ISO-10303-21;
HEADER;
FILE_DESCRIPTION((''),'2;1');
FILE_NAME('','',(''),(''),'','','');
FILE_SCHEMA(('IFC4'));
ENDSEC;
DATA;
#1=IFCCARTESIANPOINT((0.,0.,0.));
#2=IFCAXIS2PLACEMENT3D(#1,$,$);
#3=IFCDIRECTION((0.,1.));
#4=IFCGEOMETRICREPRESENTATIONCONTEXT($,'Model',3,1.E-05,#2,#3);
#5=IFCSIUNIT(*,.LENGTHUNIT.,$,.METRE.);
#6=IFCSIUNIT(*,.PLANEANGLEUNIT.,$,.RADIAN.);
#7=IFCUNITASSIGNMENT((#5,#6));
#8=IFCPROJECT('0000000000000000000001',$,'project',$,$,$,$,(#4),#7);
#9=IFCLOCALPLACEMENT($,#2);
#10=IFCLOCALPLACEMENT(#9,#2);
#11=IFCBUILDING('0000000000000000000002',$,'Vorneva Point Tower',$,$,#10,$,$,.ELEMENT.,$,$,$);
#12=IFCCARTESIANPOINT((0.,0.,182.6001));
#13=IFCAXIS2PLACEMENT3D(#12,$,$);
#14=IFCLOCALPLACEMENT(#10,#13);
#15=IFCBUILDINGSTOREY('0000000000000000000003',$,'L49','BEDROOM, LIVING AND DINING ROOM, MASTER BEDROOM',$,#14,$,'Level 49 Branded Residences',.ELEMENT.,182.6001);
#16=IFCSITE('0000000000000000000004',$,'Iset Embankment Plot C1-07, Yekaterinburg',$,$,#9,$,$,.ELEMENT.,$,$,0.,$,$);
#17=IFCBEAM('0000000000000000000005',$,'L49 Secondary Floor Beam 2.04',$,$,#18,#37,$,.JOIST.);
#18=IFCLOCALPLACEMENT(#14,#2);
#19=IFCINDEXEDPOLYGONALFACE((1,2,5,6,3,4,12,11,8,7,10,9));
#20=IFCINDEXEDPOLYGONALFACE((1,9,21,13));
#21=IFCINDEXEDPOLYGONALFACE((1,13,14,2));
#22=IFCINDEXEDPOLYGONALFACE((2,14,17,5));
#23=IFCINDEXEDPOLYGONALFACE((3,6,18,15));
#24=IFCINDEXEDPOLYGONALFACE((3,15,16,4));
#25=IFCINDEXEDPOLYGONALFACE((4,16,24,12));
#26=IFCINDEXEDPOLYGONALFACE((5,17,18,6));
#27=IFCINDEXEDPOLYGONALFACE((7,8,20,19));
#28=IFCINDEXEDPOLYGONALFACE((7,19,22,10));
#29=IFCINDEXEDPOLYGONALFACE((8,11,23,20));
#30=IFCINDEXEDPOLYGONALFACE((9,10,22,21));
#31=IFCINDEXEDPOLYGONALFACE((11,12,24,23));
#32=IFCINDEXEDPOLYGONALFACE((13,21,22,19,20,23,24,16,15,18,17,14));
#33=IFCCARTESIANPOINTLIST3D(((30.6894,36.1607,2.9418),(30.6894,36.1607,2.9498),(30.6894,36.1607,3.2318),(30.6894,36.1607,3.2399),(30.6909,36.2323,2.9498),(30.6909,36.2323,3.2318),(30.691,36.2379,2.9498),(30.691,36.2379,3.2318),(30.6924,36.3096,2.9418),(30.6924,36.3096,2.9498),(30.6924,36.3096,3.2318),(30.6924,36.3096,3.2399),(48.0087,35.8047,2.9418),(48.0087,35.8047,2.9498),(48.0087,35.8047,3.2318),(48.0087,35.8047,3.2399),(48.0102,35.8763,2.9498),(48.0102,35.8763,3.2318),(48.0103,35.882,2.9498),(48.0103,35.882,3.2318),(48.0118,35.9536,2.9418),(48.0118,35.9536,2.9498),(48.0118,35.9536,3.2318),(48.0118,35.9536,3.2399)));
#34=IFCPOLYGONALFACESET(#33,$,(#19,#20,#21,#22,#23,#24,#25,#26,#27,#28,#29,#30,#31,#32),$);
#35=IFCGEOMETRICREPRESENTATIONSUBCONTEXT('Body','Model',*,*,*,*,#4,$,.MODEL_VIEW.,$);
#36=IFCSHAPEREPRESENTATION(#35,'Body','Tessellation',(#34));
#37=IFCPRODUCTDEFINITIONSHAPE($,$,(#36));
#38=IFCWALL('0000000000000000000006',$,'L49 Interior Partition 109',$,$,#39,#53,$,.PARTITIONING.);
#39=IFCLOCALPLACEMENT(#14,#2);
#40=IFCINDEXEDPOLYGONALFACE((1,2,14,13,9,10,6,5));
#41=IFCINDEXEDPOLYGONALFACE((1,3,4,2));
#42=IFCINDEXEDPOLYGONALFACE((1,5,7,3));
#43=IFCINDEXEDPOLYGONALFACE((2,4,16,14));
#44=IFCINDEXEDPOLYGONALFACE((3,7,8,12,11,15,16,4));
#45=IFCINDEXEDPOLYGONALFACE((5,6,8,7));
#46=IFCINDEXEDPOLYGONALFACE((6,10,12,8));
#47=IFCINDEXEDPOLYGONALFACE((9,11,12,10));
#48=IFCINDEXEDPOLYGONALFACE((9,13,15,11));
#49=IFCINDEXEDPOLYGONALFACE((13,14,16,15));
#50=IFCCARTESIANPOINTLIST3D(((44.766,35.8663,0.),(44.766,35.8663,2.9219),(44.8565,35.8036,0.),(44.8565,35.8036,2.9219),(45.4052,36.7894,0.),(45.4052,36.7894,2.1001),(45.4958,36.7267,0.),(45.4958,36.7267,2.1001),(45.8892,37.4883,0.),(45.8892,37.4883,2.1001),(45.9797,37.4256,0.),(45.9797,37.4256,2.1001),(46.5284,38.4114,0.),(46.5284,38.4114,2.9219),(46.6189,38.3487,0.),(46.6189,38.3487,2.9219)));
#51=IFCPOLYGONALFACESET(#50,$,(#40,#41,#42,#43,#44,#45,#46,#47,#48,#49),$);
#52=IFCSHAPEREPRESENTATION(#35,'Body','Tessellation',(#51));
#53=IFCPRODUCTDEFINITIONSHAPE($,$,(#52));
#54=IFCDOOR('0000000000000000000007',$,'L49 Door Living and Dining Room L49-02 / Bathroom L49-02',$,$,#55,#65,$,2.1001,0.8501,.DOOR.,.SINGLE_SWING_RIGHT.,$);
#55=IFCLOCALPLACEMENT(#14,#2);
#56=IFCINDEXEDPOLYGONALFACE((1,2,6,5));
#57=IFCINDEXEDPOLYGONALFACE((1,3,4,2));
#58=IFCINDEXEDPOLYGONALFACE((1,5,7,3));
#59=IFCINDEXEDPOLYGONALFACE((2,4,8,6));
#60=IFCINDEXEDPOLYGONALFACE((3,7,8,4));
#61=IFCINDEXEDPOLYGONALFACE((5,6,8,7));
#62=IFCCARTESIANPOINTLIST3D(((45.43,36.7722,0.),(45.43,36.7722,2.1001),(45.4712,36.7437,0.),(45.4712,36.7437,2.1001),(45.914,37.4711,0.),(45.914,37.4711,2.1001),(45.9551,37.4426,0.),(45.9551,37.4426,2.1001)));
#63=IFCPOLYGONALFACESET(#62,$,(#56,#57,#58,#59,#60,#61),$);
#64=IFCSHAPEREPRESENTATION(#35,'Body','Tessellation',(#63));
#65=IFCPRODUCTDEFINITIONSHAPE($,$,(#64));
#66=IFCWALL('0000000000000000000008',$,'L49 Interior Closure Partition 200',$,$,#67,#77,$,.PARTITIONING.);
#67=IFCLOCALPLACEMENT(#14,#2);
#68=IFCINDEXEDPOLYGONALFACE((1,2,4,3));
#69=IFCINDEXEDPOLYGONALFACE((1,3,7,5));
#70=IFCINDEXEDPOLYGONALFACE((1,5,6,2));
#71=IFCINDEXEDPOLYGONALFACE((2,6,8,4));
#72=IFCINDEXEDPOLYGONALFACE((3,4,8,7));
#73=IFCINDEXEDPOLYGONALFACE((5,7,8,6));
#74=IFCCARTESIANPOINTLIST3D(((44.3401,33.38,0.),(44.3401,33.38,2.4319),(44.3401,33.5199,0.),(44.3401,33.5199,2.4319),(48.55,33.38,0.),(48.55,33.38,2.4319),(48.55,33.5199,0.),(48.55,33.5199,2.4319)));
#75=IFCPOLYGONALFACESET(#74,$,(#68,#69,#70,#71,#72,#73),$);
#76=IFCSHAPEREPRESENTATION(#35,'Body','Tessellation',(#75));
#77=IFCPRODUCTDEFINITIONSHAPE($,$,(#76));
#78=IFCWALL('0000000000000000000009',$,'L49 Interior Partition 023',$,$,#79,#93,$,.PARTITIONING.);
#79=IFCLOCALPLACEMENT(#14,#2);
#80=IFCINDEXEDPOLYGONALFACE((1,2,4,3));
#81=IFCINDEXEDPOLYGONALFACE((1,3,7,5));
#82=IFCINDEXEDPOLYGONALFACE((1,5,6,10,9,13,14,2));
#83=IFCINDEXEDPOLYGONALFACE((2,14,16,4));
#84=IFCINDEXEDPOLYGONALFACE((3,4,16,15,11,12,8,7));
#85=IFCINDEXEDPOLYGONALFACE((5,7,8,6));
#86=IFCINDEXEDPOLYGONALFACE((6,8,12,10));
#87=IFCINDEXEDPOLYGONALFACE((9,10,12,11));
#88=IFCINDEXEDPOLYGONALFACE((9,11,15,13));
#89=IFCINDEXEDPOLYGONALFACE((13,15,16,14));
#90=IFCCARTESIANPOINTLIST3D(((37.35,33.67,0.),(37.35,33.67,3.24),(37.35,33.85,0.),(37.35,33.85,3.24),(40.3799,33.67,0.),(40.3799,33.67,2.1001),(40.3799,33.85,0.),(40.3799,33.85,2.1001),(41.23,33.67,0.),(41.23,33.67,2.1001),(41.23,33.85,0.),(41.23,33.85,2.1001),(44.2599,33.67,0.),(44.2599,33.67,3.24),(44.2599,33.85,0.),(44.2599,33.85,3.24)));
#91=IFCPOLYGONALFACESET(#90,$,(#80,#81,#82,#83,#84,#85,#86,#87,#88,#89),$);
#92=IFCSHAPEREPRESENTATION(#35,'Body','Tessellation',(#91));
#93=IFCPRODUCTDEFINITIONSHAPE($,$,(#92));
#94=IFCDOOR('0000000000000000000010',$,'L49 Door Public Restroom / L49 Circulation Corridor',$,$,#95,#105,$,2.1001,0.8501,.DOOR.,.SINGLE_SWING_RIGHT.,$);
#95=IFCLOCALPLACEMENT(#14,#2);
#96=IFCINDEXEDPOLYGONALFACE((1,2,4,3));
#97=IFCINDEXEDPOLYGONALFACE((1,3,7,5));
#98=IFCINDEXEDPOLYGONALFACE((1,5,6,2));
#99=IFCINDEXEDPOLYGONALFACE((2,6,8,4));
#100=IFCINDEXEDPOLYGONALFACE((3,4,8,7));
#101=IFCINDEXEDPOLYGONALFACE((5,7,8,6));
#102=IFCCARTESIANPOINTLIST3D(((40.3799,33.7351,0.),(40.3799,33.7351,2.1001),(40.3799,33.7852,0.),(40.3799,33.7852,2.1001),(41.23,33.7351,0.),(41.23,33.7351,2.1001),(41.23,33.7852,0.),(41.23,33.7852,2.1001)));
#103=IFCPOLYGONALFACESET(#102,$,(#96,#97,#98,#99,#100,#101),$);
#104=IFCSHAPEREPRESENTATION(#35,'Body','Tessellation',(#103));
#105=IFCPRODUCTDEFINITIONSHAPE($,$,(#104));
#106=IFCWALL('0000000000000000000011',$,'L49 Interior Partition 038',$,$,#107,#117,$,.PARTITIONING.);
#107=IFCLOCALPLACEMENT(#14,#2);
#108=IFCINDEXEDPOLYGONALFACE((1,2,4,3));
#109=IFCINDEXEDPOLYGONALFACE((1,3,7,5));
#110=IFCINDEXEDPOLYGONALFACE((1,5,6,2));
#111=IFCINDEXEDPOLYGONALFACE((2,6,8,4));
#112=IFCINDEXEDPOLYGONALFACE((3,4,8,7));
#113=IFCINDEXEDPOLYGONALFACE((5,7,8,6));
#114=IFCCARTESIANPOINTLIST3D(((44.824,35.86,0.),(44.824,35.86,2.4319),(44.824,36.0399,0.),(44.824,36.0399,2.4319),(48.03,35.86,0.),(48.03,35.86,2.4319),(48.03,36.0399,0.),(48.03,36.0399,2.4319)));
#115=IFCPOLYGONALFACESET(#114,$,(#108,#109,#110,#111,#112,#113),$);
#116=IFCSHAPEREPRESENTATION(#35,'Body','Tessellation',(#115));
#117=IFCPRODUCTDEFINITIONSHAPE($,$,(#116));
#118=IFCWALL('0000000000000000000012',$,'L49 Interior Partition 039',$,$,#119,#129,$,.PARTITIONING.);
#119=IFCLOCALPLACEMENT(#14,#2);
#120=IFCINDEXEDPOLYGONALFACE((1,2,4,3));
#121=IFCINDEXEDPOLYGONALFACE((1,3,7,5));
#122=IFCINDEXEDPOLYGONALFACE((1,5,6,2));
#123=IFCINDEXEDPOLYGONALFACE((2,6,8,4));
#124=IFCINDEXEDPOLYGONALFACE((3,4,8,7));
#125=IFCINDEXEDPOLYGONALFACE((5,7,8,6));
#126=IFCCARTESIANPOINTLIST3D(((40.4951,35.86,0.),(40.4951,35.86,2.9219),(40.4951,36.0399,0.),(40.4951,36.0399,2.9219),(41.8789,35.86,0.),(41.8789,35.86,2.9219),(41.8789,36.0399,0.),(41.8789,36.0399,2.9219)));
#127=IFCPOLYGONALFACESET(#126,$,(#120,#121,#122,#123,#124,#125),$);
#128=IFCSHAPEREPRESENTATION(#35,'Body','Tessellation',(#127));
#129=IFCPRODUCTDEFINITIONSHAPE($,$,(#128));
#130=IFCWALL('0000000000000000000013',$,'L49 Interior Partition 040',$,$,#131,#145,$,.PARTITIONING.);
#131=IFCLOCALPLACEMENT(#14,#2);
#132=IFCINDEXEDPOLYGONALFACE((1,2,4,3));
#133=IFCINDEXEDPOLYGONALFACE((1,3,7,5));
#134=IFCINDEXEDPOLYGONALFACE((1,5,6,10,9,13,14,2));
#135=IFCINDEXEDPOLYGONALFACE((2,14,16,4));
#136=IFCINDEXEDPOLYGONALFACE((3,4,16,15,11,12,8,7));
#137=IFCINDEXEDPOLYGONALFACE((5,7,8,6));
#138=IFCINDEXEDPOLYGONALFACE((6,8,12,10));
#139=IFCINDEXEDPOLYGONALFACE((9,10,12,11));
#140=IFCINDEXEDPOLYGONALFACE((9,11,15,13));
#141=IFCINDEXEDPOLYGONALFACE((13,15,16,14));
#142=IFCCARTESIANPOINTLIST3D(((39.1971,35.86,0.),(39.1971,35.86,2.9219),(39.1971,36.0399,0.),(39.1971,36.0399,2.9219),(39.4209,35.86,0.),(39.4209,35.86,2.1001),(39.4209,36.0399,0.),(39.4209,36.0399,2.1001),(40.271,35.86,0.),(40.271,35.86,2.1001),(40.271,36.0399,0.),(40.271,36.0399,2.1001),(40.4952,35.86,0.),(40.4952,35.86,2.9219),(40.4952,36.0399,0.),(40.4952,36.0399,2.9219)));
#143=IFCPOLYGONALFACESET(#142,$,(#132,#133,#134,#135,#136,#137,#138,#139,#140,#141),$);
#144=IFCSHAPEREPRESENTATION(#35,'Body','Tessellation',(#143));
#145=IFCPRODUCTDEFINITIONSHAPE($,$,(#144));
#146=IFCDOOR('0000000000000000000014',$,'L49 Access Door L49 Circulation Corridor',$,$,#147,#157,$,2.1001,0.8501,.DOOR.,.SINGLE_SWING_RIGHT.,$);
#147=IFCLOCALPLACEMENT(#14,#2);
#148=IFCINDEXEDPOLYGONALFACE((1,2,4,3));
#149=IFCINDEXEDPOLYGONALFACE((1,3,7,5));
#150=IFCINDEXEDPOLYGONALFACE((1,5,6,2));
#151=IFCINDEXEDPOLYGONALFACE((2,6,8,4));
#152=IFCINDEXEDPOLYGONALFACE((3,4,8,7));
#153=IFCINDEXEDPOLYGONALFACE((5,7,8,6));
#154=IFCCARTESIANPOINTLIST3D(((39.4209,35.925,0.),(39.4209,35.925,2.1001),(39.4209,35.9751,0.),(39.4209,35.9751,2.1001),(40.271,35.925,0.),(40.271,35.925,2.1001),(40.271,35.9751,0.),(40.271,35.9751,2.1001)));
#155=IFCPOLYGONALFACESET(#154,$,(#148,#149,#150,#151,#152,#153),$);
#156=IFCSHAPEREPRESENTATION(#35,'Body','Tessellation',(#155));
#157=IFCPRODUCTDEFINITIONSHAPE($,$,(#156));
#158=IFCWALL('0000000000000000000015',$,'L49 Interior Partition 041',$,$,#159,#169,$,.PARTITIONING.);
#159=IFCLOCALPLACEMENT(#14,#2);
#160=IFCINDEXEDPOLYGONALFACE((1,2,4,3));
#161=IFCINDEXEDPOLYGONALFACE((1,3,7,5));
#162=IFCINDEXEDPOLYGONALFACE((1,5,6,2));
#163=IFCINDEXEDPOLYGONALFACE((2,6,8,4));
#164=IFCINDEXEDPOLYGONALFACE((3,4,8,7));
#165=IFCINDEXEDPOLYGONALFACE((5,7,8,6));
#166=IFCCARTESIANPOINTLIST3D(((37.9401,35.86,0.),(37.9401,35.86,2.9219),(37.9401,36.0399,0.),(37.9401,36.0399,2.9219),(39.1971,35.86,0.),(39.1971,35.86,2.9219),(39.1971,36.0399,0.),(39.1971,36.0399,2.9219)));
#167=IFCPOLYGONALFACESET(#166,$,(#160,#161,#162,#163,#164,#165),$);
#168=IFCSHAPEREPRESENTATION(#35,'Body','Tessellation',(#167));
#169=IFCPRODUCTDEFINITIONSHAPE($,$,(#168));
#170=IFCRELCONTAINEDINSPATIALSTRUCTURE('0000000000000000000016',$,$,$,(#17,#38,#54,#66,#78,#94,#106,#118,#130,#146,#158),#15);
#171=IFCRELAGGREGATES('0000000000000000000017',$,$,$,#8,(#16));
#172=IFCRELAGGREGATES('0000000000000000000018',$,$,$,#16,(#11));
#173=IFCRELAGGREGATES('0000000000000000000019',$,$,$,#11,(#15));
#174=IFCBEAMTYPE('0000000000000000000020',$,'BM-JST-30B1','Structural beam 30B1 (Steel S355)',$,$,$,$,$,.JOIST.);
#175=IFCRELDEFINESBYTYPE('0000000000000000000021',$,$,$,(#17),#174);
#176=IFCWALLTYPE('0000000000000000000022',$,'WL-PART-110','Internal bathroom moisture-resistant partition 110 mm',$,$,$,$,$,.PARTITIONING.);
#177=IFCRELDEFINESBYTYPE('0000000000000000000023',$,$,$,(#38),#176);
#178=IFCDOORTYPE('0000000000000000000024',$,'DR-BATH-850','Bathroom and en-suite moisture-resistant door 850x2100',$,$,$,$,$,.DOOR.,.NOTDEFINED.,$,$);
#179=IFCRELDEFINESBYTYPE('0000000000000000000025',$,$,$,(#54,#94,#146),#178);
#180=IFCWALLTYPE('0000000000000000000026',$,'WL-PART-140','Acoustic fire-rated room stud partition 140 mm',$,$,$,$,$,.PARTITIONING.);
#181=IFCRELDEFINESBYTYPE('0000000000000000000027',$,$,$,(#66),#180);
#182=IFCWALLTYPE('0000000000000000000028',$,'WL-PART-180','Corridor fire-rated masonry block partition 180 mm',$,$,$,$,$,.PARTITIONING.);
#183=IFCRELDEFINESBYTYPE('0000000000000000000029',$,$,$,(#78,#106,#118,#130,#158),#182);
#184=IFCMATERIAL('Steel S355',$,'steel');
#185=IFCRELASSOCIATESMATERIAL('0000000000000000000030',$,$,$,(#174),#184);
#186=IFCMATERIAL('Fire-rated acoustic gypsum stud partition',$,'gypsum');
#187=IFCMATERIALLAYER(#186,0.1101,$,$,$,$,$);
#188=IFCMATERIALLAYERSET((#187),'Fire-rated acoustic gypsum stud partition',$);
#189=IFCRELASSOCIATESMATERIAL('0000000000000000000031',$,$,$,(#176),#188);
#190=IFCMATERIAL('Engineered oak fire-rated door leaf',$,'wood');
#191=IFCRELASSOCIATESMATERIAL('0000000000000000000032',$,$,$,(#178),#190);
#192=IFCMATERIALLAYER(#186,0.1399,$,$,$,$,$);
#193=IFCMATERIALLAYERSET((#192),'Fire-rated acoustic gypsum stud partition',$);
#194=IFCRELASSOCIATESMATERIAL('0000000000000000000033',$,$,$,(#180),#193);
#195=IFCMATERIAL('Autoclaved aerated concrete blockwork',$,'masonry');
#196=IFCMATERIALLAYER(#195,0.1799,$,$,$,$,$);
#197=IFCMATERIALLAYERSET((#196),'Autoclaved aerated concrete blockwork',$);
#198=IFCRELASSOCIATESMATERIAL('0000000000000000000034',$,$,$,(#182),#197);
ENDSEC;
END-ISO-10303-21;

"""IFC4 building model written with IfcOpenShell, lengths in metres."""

from ifc_helpers import new_model, si_unit, direction, frame, frame_2d, origin, origin_2d, place, context, subcontext, project, spatial, rectangle, i_section, extrude, material, layer, layer_set, material_profile, profile_set, type_object, element, fill, save


model = new_model("IFC4")

# Units and contexts
model_context = context("Model", 3, precision=1e-05, world=origin(), true_north=direction((0.0, 1.0)))
body_context = subcontext(model_context, "Body", "Model", "MODEL_VIEW")
ifc_project = project(units=[si_unit("LENGTHUNIT", "METRE"), si_unit("PLANEANGLEUNIT", "RADIAN")], contexts=[model_context])

# Site, building, storey
site_placement = place(None, origin())
site = spatial("IfcSite", under=ifc_project, at=site_placement, Name="Iset Embankment Plot C1-07, Yekaterinburg", CompositionType="ELEMENT", RefElevation=0.0)
building_placement = place(site_placement, origin())
building = spatial("IfcBuilding", under=site, at=building_placement, Name="Vorneva Point Tower", CompositionType="ELEMENT")
storey_placement = place(building_placement, frame((0.0, 0.0, 182.6001)))
storey = spatial("IfcBuildingStorey", under=building, at=storey_placement, Name="L49", Description="BEDROOM, LIVING AND DINING ROOM, MASTER BEDROOM", LongName="Level 49 Branded Residences", CompositionType="ELEMENT", Elevation=182.6001)

# Beam
ifc_material_1 = material(Name="Steel S355", Category="steel")
ifc_material_profile = material_profile(ifc_material_1, i_section(OverallWidth=0.1489, OverallDepth=0.2981, WebThickness=0.0056, FlangeThickness=0.0081, at=origin_2d()), Name="30B1")
ifc_profile_set = profile_set([ifc_material_profile], Name="Steel S355")
beam_type = type_object("IfcBeamType", Name="BM-JST-30B1", Description="Structural beam 30B1 (Steel S355)", PredefinedType="JOIST", material=ifc_profile_set)
beam_placement = place(storey_placement, frame((48.0103, 35.8792, 3.0908), z_axis=(-0.999789, 0.020548, 0.0), x_axis=(-0.020548, -0.999789, 0.0)))
element("IfcBeam", 1, at=beam_placement, inside=storey, type_object=beam_type, Name="L49 Secondary Floor Beam 2.04", PredefinedType="JOIST", context=body_context, shape_type="SweptSolid", body=[
    extrude(i_section(OverallWidth=0.1489, OverallDepth=0.2981, WebThickness=0.0056, FlangeThickness=0.0081, at=origin_2d()), origin(), (0.0, 0.0, 1.0), 17.323),
])

# Wall, opening, door
ifc_material_2 = material(Name="Fire-rated acoustic gypsum stud partition", Category="gypsum")
ifc_layer_1 = layer(ifc_material_2, 0.1101)
ifc_layer_set_1 = layer_set([ifc_layer_1], Name="Fire-rated acoustic gypsum stud partition")
wall_type_1 = type_object("IfcWallType", Name="WL-PART-110", Description="Internal bathroom moisture-resistant partition 110 mm", PredefinedType="PARTITIONING", material=ifc_layer_set_1)
wall_1_placement = place(storey_placement, frame((44.8113, 35.835, 0.0), z_axis=(0.0, 0.0, 1.0), x_axis=(0.5693, 0.82213, 0.0)))
wall_1 = element("IfcWall", 2, at=wall_1_placement, inside=storey, type_object=wall_type_1, Name="L49 Interior Partition 109", PredefinedType="PARTITIONING", context=body_context, shape_type="SweptSolid", body=[
    extrude(rectangle(XDim=3.0957, YDim=0.1101, at=frame_2d((1.5479, 0.0))), origin(), (0.0, 0.0, 1.0), 2.9219),
])
opening_1_placement = place(wall_1_placement, frame((1.1228, 0.0, 0.0)))
opening_1 = element("IfcOpeningElement", 3, at=opening_1_placement, cuts=wall_1, PredefinedType="OPENING", context=body_context, shape_type="SweptSolid", body=[
    extrude(rectangle(XDim=0.8501, YDim=2.1001, at=frame_2d((0.425, 1.05))), frame((0.0, 0.0698, 0.0), z_axis=(0.0, -1.0, 0.0), x_axis=(1.0, 0.0, 0.0)), (0.0, 0.0, 1.0), 0.1399),
])
ifc_material_3 = material(Name="Engineered oak fire-rated door leaf", Category="wood")
door_type_1 = type_object("IfcDoorType", Name="DR-BATH-850", Description="Bathroom and en-suite moisture-resistant door 850x2100", OperationType="NOTDEFINED", PredefinedType="DOOR", material=ifc_material_3)
door_1_placement = place(opening_1_placement, origin())
door_1 = element("IfcDoor", 4, at=door_1_placement, inside=storey, type_object=door_type_1, Name="L49 Door Living and Dining Room L49-02 / Bathroom L49-02", OperationType="SINGLE_SWING_RIGHT", OverallHeight=2.1001, OverallWidth=0.8501, PredefinedType="DOOR", context=body_context, shape_type="SweptSolid", body=[
    extrude(rectangle(XDim=0.8501, YDim=2.1001, at=frame_2d((0.425, 1.05))), frame((0.0, 0.0249, 0.0), z_axis=(0.0, -1.0, 0.0), x_axis=(1.0, 0.0, 0.0)), (0.0, 0.0, 1.0), 0.05),
])
fill(opening_1, door_1)

# Wall
ifc_layer_2 = layer(ifc_material_2, 0.1399)
ifc_layer_set_2 = layer_set([ifc_layer_2], Name="Fire-rated acoustic gypsum stud partition")
wall_type_2 = type_object("IfcWallType", Name="WL-PART-140", Description="Acoustic fire-rated room stud partition 140 mm", PredefinedType="PARTITIONING", material=ifc_layer_set_2)
wall_2_placement = place(storey_placement, frame((48.55, 33.45, 0.0), z_axis=(0.0, 0.0, 1.0), x_axis=(-1.0, 0.0, 0.0)))
element("IfcWall", 5, at=wall_2_placement, inside=storey, type_object=wall_type_2, Name="L49 Interior Closure Partition 200", PredefinedType="PARTITIONING", context=body_context, shape_type="SweptSolid", body=[
    extrude(rectangle(XDim=4.21, YDim=0.1399, at=frame_2d((2.105, 0.0))), origin(), (0.0, 0.0, 1.0), 2.4319),
])

# Wall, opening, door
ifc_material_4 = material(Name="Autoclaved aerated concrete blockwork", Category="masonry")
ifc_layer_3 = layer(ifc_material_4, 0.1799)
ifc_layer_set_3 = layer_set([ifc_layer_3], Name="Autoclaved aerated concrete blockwork")
wall_type_3 = type_object("IfcWallType", Name="WL-PART-180", Description="Corridor fire-rated masonry block partition 180 mm", PredefinedType="PARTITIONING", material=ifc_layer_set_3)
wall_3_placement = place(storey_placement, frame((44.26, 33.76, 0.0), z_axis=(0.0, 0.0, 1.0), x_axis=(-1.0, 0.0, 0.0)))
wall_3 = element("IfcWall", 6, at=wall_3_placement, inside=storey, type_object=wall_type_3, Name="L49 Interior Partition 023", PredefinedType="PARTITIONING", context=body_context, shape_type="SweptSolid", body=[
    extrude(rectangle(XDim=6.9099, YDim=0.1799, at=frame_2d((3.4551, 0.0))), origin(), (0.0, 0.0, 1.0), 3.24),
])
opening_2_placement = place(wall_3_placement, frame((3.03, 0.0, 0.0)))
opening_2 = element("IfcOpeningElement", 7, at=opening_2_placement, cuts=wall_3, PredefinedType="OPENING", context=body_context, shape_type="SweptSolid", body=[
    extrude(rectangle(XDim=0.8501, YDim=2.1001, at=frame_2d((0.425, 1.05))), frame((0.0, 0.105, 0.0), z_axis=(0.0, -1.0, 0.0), x_axis=(1.0, 0.0, 0.0)), (0.0, 0.0, 1.0), 0.2097),
])
door_2_placement = place(opening_2_placement, origin())
door_2 = element("IfcDoor", 8, at=door_2_placement, inside=storey, type_object=door_type_1, Name="L49 Door Public Restroom / L49 Circulation Corridor", OperationType="SINGLE_SWING_RIGHT", OverallHeight=2.1001, OverallWidth=0.8501, PredefinedType="DOOR", context=body_context, shape_type="SweptSolid", body=[
    extrude(rectangle(XDim=0.8501, YDim=2.1001, at=frame_2d((0.425, 1.05))), frame((0.0, 0.0249, 0.0), z_axis=(0.0, -1.0, 0.0), x_axis=(1.0, 0.0, 0.0)), (0.0, 0.0, 1.0), 0.05),
])
fill(opening_2, door_2)

# Walls
wall_4_placement = place(storey_placement, frame((48.03, 35.95, 0.0), z_axis=(0.0, 0.0, 1.0), x_axis=(-1.0, 0.0, 0.0)))
element("IfcWall", 9, at=wall_4_placement, inside=storey, type_object=wall_type_3, Name="L49 Interior Partition 038", PredefinedType="PARTITIONING", context=body_context, shape_type="SweptSolid", body=[
    extrude(rectangle(XDim=3.2061, YDim=0.1799, at=frame_2d((1.603, 0.0))), origin(), (0.0, 0.0, 1.0), 2.4319),
])
wall_5_placement = place(storey_placement, frame((41.8789, 35.95, 0.0), z_axis=(0.0, 0.0, 1.0), x_axis=(-1.0, 0.0, 0.0)))
element("IfcWall", 10, at=wall_5_placement, inside=storey, type_object=wall_type_3, Name="L49 Interior Partition 039", PredefinedType="PARTITIONING", context=body_context, shape_type="SweptSolid", body=[
    extrude(rectangle(XDim=1.3838, YDim=0.1799, at=frame_2d((0.6919, 0.0))), origin(), (0.0, 0.0, 1.0), 2.9219),
])

# Wall, opening, door
wall_6_placement = place(storey_placement, frame((40.4951, 35.95, 0.0), z_axis=(0.0, 0.0, 1.0), x_axis=(-1.0, 0.0, 0.0)))
wall_6 = element("IfcWall", 11, at=wall_6_placement, inside=storey, type_object=wall_type_3, Name="L49 Interior Partition 040", PredefinedType="PARTITIONING", context=body_context, shape_type="SweptSolid", body=[
    extrude(rectangle(XDim=1.2981, YDim=0.1799, at=frame_2d((0.6489, 0.0))), origin(), (0.0, 0.0, 1.0), 2.9219),
])
opening_3_placement = place(wall_6_placement, frame((0.2241, 0.0, 0.0)))
opening_3 = element("IfcOpeningElement", 12, at=opening_3_placement, cuts=wall_6, PredefinedType="OPENING", context=body_context, shape_type="SweptSolid", body=[
    extrude(rectangle(XDim=0.8501, YDim=2.1001, at=frame_2d((0.425, 1.05))), frame((0.0, 0.105, 0.0), z_axis=(0.0, -1.0, 0.0), x_axis=(1.0, 0.0, 0.0)), (0.0, 0.0, 1.0), 0.2097),
])
door_3_placement = place(opening_3_placement, origin())
door_3 = element("IfcDoor", 13, at=door_3_placement, inside=storey, type_object=door_type_1, Name="L49 Access Door L49 Circulation Corridor", OperationType="SINGLE_SWING_RIGHT", OverallHeight=2.1001, OverallWidth=0.8501, PredefinedType="DOOR", context=body_context, shape_type="SweptSolid", body=[
    extrude(rectangle(XDim=0.8501, YDim=2.1001, at=frame_2d((0.425, 1.05))), frame((0.0, 0.0249, 0.0), z_axis=(0.0, -1.0, 0.0), x_axis=(1.0, 0.0, 0.0)), (0.0, 0.0, 1.0), 0.05),
])
fill(opening_3, door_3)

# Wall
wall_7_placement = place(storey_placement, frame((39.197, 35.95, 0.0), z_axis=(0.0, 0.0, 1.0), x_axis=(-1.0, 0.0, 0.0)))
element("IfcWall", 14, at=wall_7_placement, inside=storey, type_object=wall_type_3, Name="L49 Interior Partition 041", PredefinedType="PARTITIONING", context=body_context, shape_type="SweptSolid", body=[
    extrude(rectangle(XDim=1.2571, YDim=0.1799, at=frame_2d((0.6284, 0.0))), origin(), (0.0, 0.0, 1.0), 2.9219),
])

save(model, "model.ifc")
